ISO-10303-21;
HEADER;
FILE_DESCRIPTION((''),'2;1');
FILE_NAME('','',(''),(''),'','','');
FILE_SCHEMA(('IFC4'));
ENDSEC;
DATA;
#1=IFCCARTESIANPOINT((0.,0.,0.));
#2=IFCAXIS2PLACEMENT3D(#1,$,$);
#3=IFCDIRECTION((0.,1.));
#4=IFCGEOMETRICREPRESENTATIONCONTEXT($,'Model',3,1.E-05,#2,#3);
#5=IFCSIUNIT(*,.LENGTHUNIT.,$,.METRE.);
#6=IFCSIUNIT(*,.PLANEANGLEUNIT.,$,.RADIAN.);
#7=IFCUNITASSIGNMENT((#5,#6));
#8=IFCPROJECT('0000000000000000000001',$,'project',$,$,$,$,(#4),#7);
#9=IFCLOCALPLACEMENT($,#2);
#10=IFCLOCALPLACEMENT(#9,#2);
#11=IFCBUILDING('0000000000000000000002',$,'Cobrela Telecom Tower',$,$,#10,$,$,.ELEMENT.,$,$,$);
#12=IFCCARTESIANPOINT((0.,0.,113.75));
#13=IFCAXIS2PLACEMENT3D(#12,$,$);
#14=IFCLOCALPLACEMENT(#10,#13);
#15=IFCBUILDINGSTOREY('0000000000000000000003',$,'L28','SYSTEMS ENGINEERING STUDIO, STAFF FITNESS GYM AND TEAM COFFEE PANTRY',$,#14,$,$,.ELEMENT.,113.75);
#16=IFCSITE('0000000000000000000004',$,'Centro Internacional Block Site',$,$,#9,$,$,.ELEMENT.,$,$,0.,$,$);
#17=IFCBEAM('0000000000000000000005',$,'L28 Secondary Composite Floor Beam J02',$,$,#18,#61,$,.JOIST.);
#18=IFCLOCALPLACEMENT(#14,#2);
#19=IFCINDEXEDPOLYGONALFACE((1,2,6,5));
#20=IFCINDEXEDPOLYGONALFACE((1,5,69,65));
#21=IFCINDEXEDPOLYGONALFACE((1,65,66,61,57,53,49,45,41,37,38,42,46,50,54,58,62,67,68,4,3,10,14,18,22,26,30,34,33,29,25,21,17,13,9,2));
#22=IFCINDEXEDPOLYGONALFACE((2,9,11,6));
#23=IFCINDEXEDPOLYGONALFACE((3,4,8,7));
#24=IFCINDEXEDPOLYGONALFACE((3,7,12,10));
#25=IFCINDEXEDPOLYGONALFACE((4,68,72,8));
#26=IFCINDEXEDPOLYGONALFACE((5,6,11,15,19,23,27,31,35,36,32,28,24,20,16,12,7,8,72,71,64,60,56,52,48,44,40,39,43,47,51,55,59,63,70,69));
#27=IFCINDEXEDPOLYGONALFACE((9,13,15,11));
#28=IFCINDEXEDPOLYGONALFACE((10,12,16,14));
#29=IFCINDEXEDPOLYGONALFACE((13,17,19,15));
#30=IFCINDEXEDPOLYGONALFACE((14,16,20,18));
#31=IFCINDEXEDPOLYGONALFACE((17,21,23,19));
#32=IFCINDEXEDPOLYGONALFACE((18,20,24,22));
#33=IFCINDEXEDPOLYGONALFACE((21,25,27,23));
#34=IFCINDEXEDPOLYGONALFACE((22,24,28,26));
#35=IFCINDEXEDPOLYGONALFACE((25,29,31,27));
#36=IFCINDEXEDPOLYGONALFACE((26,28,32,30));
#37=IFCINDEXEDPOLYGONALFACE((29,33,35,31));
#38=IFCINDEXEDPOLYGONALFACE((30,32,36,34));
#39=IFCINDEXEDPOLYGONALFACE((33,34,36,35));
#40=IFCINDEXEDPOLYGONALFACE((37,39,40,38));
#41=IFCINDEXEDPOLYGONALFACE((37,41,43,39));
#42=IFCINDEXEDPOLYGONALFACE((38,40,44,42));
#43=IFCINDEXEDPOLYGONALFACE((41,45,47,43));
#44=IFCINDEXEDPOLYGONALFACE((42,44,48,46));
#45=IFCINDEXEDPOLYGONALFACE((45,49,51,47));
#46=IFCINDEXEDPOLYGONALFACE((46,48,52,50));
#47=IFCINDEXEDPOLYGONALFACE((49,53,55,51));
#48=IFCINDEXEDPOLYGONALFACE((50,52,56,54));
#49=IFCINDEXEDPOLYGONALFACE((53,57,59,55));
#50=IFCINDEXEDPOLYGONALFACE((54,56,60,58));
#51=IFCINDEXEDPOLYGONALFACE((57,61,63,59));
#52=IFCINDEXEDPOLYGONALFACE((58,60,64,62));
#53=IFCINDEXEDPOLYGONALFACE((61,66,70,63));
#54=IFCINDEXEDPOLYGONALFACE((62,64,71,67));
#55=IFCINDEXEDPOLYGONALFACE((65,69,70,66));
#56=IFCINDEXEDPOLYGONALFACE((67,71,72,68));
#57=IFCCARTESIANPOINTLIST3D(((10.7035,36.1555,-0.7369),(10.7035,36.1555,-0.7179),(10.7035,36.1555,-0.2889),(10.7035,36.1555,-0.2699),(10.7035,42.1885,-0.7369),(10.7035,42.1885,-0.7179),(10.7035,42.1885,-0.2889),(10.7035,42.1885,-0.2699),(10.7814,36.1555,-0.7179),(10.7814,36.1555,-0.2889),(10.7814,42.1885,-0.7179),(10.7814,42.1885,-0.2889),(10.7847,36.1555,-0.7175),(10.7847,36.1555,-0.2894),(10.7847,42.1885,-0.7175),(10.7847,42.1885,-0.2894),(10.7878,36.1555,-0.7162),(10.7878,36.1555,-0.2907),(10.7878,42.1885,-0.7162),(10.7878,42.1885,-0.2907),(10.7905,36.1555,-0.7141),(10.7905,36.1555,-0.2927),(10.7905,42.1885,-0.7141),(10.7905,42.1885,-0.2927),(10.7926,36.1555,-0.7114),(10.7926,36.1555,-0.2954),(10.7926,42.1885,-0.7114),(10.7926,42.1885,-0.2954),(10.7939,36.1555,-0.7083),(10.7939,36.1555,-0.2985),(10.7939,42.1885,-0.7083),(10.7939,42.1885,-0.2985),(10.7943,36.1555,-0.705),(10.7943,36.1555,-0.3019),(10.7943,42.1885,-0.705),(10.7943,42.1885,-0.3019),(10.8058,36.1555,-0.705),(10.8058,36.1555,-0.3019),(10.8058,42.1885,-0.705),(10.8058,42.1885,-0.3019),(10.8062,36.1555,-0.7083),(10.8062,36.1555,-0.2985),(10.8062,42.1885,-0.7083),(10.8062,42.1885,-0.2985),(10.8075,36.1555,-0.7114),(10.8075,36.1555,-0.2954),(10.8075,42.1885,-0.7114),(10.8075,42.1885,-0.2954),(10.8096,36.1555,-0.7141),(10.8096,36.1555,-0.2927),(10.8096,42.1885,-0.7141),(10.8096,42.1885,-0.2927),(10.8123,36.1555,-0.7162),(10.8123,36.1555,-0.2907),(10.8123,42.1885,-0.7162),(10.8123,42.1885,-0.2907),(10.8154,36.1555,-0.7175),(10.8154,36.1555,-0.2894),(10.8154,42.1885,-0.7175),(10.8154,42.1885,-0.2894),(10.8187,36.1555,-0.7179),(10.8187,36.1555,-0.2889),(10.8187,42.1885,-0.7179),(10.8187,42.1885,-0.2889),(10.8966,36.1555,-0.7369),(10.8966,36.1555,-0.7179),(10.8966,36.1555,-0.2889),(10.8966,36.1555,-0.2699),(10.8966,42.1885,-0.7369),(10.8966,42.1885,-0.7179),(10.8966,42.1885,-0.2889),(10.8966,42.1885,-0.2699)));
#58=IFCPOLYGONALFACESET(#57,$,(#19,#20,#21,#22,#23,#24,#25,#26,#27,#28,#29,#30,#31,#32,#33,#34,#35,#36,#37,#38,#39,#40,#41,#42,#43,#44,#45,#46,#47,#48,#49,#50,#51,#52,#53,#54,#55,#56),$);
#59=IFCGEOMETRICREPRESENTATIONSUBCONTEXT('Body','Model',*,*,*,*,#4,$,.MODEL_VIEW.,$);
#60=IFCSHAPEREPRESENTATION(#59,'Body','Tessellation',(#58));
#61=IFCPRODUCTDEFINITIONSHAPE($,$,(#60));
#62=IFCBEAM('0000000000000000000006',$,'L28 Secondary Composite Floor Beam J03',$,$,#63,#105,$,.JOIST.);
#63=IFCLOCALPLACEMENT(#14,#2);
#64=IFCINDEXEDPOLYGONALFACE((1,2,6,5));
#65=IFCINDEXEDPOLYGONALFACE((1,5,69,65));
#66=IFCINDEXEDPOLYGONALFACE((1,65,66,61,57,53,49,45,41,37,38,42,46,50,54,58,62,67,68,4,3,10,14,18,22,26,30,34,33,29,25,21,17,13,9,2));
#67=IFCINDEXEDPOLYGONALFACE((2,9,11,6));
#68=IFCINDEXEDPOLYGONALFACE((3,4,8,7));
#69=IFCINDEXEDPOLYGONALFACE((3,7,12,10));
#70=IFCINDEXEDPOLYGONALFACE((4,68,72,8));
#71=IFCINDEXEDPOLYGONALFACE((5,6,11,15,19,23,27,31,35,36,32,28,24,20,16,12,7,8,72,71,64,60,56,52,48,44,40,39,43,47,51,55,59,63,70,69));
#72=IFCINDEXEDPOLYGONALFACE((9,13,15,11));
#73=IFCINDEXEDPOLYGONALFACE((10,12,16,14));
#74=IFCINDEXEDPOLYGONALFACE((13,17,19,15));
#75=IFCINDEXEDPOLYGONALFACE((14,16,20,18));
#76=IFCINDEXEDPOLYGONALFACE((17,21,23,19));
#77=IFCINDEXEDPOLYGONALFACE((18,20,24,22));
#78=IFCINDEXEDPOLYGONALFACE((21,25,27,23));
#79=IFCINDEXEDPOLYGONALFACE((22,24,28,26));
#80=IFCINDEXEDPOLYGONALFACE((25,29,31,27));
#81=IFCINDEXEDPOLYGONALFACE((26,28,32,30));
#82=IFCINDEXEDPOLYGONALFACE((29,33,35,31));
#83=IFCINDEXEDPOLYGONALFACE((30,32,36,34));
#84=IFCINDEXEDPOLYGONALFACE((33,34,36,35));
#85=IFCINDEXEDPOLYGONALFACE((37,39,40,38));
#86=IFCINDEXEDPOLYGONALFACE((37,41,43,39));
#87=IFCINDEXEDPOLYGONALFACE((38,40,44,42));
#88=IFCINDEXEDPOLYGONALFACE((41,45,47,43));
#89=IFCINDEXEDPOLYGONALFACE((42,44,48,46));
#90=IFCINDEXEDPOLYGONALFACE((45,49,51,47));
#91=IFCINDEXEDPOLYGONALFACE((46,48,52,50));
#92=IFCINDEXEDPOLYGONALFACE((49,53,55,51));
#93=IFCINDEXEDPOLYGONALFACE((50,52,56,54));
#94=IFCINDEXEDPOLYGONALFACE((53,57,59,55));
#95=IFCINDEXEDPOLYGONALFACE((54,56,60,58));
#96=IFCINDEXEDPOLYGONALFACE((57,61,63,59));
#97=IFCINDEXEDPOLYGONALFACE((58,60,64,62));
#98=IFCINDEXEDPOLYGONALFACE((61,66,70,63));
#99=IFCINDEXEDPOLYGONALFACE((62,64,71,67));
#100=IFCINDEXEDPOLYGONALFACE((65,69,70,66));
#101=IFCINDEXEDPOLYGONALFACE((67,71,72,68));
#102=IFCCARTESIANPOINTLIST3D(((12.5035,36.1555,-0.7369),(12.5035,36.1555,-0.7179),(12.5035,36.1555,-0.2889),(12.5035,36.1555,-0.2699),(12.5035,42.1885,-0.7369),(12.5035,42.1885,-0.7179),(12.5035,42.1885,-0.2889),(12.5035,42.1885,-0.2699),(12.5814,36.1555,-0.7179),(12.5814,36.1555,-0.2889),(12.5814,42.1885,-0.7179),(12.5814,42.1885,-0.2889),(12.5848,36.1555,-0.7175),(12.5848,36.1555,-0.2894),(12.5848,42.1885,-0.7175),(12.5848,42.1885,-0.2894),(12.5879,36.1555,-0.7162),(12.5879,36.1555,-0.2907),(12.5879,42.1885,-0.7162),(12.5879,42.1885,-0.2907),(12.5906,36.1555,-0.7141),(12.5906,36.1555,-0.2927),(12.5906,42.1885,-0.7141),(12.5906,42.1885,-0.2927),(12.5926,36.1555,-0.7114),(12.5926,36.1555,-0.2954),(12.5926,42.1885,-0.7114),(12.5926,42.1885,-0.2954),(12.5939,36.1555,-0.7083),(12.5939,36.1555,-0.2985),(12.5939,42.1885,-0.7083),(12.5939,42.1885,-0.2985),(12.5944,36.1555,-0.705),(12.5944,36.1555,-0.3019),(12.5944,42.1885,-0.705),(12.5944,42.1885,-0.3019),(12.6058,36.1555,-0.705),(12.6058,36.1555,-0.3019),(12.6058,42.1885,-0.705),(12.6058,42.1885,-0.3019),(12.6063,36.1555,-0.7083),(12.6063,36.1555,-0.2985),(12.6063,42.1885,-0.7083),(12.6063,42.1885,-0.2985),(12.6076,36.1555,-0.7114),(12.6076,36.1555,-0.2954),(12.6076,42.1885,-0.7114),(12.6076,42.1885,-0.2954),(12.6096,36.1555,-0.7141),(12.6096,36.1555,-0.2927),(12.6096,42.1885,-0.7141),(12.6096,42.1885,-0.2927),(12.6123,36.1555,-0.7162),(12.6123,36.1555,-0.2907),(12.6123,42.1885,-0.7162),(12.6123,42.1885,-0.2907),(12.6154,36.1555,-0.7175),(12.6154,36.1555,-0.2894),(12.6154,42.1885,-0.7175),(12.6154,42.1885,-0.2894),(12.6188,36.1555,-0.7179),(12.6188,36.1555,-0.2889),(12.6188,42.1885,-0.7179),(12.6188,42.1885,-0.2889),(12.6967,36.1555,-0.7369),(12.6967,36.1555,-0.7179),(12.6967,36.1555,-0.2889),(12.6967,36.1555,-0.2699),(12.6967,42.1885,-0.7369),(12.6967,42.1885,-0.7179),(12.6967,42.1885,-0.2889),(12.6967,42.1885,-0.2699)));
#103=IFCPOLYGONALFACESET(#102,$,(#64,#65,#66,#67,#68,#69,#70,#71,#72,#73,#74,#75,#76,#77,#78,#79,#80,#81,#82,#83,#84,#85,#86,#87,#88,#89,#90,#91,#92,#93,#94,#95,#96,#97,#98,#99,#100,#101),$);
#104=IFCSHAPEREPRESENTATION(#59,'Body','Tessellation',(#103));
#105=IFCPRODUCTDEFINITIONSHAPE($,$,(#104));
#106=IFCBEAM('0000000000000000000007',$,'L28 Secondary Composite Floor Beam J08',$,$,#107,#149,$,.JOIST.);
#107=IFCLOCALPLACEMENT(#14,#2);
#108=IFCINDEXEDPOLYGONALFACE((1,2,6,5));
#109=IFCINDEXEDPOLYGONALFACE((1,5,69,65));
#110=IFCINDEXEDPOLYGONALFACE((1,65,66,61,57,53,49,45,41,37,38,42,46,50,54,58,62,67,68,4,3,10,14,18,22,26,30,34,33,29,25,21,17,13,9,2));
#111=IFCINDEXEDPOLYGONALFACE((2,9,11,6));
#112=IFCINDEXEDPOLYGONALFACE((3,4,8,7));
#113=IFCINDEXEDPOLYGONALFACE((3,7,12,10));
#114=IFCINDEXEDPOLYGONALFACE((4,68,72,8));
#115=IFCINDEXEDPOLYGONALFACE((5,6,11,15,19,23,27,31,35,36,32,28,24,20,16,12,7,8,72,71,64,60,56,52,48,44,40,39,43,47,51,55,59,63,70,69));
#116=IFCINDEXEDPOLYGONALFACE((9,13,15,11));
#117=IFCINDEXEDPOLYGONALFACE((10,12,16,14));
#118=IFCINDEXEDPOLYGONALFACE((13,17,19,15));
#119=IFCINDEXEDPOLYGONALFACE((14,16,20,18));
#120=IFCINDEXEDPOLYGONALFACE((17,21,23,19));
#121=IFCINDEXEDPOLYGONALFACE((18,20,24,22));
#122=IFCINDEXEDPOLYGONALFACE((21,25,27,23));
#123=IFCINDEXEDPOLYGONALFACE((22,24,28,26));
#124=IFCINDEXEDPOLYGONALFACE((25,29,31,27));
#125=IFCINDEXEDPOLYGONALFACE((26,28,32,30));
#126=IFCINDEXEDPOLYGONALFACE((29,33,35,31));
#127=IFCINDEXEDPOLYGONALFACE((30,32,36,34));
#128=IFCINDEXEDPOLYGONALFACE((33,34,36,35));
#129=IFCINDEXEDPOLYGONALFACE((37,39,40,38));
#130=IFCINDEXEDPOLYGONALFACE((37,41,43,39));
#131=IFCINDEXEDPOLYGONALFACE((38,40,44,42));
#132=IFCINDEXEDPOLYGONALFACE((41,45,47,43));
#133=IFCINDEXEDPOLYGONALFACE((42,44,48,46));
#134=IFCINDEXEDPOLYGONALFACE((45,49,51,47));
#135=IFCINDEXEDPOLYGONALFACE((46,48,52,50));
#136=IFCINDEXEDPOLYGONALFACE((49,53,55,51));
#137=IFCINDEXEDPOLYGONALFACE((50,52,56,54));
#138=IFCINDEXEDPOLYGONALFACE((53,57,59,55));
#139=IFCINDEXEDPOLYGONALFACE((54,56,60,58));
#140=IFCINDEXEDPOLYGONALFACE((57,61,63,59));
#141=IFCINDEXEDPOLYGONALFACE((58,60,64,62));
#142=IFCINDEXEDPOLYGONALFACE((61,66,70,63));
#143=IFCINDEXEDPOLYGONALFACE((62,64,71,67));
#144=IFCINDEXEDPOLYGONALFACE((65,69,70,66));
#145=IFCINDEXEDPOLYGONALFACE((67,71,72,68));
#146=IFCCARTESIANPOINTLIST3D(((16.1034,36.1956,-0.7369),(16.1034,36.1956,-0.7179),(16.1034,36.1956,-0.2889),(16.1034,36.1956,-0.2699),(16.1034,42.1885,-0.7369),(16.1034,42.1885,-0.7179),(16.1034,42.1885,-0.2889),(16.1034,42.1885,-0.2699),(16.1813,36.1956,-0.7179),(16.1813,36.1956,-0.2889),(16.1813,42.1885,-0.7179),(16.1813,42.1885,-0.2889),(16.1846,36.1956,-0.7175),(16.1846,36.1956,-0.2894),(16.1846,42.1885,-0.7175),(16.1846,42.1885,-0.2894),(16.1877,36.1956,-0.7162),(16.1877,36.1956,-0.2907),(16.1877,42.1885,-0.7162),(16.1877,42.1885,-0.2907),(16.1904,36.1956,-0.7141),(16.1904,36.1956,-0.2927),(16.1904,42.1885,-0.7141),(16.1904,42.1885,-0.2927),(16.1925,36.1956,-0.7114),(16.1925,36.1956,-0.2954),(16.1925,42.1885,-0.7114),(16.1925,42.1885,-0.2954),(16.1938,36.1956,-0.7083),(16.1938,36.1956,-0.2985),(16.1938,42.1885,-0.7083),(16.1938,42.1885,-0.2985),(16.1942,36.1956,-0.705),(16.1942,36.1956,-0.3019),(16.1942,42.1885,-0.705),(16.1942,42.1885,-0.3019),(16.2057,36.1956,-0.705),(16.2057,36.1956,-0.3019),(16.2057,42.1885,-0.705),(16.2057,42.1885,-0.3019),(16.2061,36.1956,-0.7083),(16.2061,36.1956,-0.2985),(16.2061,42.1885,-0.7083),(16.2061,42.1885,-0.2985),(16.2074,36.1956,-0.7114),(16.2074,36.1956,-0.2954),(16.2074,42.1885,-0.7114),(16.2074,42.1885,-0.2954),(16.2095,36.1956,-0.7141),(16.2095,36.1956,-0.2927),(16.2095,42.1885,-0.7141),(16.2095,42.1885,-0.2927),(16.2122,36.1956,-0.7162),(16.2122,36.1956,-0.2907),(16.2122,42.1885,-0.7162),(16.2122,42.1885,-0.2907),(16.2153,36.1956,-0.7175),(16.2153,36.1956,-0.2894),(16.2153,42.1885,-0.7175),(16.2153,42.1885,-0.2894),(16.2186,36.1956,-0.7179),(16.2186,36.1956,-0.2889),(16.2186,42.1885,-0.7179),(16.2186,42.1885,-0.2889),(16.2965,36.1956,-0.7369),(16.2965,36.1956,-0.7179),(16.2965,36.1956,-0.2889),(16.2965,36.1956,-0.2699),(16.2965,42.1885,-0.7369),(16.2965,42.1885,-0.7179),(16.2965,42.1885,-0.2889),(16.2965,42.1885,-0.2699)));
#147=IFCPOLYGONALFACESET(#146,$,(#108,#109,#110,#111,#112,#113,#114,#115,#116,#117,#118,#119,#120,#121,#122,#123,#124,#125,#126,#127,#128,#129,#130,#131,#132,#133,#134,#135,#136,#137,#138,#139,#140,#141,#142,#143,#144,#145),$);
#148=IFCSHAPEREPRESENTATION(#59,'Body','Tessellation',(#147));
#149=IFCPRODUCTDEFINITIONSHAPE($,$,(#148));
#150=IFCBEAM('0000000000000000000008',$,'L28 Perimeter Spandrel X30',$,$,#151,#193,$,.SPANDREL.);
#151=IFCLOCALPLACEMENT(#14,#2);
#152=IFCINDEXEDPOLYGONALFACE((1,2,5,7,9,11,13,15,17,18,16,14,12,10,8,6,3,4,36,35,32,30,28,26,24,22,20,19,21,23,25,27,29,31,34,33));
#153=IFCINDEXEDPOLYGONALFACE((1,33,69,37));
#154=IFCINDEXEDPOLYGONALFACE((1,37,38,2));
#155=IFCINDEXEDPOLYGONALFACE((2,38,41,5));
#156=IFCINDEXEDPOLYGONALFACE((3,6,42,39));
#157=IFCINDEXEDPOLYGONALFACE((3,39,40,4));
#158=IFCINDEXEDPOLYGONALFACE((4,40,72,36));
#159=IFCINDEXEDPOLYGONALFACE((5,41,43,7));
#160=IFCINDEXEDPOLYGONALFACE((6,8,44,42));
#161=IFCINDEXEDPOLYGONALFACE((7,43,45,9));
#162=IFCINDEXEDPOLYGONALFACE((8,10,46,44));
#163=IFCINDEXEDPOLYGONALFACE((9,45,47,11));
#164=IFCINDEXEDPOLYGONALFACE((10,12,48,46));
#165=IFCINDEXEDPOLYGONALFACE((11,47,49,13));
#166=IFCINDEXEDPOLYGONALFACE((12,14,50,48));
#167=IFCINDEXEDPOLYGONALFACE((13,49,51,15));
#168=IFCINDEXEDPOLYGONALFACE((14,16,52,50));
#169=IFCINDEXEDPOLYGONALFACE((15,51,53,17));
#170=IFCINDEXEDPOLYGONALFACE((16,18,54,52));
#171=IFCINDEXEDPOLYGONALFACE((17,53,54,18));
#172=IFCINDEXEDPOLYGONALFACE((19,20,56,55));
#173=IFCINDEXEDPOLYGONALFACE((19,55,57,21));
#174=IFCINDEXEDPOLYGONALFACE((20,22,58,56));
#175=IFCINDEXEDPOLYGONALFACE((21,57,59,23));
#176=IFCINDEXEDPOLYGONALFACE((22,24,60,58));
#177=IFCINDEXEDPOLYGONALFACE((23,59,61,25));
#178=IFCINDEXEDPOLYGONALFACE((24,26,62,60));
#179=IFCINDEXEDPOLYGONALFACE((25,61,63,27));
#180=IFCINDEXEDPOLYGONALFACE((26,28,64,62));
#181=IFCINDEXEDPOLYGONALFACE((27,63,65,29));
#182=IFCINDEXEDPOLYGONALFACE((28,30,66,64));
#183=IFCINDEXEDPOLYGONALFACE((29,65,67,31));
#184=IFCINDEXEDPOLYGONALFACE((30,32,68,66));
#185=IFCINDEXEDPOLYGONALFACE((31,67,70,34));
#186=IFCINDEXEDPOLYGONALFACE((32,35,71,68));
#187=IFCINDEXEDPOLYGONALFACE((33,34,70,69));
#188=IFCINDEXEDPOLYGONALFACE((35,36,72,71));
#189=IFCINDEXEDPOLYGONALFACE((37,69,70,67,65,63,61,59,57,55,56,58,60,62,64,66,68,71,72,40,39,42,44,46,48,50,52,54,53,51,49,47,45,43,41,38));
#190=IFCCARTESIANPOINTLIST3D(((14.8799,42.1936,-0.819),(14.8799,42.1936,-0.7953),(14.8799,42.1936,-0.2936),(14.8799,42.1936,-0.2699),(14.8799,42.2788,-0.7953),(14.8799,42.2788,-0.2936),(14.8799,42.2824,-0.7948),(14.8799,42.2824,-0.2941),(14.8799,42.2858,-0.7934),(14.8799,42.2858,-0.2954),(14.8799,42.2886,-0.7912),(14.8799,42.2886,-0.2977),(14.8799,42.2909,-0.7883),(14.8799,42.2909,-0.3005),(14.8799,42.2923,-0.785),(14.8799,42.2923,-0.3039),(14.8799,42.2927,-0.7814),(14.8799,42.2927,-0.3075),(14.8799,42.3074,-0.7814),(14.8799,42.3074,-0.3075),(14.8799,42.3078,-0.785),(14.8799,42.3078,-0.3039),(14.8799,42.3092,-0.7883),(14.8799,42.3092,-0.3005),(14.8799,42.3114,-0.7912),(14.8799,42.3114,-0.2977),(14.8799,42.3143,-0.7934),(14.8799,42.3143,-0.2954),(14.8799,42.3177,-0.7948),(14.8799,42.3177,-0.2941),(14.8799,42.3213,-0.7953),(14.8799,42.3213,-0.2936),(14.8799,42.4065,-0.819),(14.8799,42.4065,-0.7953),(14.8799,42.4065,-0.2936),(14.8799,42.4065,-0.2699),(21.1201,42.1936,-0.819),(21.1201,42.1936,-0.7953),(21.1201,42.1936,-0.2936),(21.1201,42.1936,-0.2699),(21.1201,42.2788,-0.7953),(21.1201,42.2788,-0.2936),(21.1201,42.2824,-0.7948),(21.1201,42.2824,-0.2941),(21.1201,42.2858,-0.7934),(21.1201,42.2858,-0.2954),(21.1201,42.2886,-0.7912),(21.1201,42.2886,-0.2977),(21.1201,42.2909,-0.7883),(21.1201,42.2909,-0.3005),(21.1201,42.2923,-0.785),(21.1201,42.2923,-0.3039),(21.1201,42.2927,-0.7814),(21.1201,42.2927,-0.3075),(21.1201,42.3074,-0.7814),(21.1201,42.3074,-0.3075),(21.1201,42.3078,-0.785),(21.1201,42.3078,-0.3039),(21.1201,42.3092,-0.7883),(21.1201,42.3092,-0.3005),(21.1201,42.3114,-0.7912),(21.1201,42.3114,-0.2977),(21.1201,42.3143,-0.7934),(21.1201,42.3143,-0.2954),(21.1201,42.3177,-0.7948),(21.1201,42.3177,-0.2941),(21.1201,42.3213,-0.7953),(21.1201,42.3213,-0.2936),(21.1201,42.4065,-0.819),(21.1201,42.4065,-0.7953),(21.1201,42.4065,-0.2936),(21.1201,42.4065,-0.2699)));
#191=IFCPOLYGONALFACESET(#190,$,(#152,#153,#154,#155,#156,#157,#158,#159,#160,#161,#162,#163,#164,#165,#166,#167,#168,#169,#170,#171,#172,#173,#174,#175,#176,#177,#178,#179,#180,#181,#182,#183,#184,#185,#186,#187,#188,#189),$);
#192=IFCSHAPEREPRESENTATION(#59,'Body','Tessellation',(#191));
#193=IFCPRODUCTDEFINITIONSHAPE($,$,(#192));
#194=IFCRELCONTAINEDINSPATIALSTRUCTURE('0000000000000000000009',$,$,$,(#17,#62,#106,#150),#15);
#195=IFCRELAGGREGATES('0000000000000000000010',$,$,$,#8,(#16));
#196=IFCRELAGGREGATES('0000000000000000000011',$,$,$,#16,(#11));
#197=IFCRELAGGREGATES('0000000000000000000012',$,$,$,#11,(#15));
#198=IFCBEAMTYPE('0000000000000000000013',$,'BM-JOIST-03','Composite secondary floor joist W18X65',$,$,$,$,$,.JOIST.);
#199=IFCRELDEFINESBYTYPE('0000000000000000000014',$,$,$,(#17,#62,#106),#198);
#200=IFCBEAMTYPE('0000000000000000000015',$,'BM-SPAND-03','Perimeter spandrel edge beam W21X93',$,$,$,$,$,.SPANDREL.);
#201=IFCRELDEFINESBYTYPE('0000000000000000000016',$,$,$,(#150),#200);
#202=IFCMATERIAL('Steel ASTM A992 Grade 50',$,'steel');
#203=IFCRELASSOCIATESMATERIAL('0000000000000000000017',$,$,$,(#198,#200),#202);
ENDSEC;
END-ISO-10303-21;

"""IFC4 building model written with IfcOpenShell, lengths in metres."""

from ifc_helpers import new_model, si_unit, direction, frame, origin, origin_2d, place, context, subcontext, project, spatial, i_section, extrude, material, material_profile, profile_set, type_object, element, save


model = new_model("IFC4")

# Units and contexts
model_context = context("Model", 3, precision=1e-05, world=origin(), true_north=direction((0.0, 1.0)))
body_context = subcontext(model_context, "Body", "Model", "MODEL_VIEW")
ifc_project = project(units=[si_unit("LENGTHUNIT", "METRE"), si_unit("PLANEANGLEUNIT", "RADIAN")], contexts=[model_context])

# Site, building, storey
site_placement = place(None, origin())
site = spatial("IfcSite", under=ifc_project, at=site_placement, Name="Centro Internacional Block Site", CompositionType="ELEMENT", RefElevation=0.0)
building_placement = place(site_placement, origin())
building = spatial("IfcBuilding", under=site, at=building_placement, Name="Cobrela Telecom Tower", CompositionType="ELEMENT")
storey_placement = place(building_placement, frame((0.0, 0.0, 113.75)))
storey = spatial("IfcBuildingStorey", under=building, at=storey_placement, Name="L28", Description="SYSTEMS ENGINEERING STUDIO, STAFF FITNESS GYM AND TEAM COFFEE PANTRY", CompositionType="ELEMENT", Elevation=113.75)

# Beams
ifc_material_1 = material(Name="Steel ASTM A992 Grade 50", Category="steel")
ifc_material_profile_1 = material_profile(ifc_material_1, i_section(OverallWidth=0.1931, OverallDepth=0.467, WebThickness=0.0115, FlangeThickness=0.019, FilletRadius=0.0129, at=origin_2d()), Name="W18X65")
ifc_profile_set_1 = profile_set([ifc_material_profile_1], Name="Steel ASTM A992 Grade 50")
beam_type_1 = type_object("IfcBeamType", Name="BM-JOIST-03", Description="Composite secondary floor joist W18X65", PredefinedType="JOIST", material=ifc_profile_set_1)
for number, where, z_axis, x_axis, name in (
    (1, (10.8, 36.1555, -0.5034), (0.0, 1.0, 0.0), (-1.0, 0.0, 0.0), "L28 Secondary Composite Floor Beam J02"),
    (2, (12.6001, 36.1555, -0.5034), (0.0, 1.0, 0.0), (-1.0, 0.0, 0.0), "L28 Secondary Composite Floor Beam J03"),
):
    element("IfcBeam", number, at=place(storey_placement, frame(where, z_axis=z_axis, x_axis=x_axis)), inside=storey, type_object=beam_type_1, Name=name, PredefinedType="JOIST", context=body_context, shape_type="SweptSolid", body=[
        extrude(i_section(OverallWidth=0.1931, OverallDepth=0.467, WebThickness=0.0115, FlangeThickness=0.019, FilletRadius=0.0129, at=origin_2d()), origin(), (0.0, 0.0, 1.0), 6.033),
    ])
beam_1_placement = place(storey_placement, frame((16.2, 36.1956, -0.5034), z_axis=(0.0, 1.0, 0.0), x_axis=(-1.0, 0.0, 0.0)))
element("IfcBeam", 3, at=beam_1_placement, inside=storey, type_object=beam_type_1, Name="L28 Secondary Composite Floor Beam J08", PredefinedType="JOIST", context=body_context, shape_type="SweptSolid", body=[
    extrude(i_section(OverallWidth=0.1931, OverallDepth=0.467, WebThickness=0.0115, FlangeThickness=0.019, FilletRadius=0.0129, at=origin_2d()), origin(), (0.0, 0.0, 1.0), 5.9929),
])
ifc_material_profile_2 = material_profile(ifc_material_1, i_section(OverallWidth=0.2129, OverallDepth=0.5491, WebThickness=0.0146, FlangeThickness=0.0237, FilletRadius=0.0139, at=origin_2d()), Name="W21X93")
ifc_profile_set_2 = profile_set([ifc_material_profile_2], Name="Steel ASTM A992 Grade 50")
beam_type_2 = type_object("IfcBeamType", Name="BM-SPAND-03", Description="Perimeter spandrel edge beam W21X93", PredefinedType="SPANDREL", material=ifc_profile_set_2)
beam_2_placement = place(storey_placement, frame((14.8799, 42.3, -0.5444), z_axis=(1.0, 0.0, 0.0), x_axis=(0.0, 1.0, 0.0)))
element("IfcBeam", 4, at=beam_2_placement, inside=storey, type_object=beam_type_2, Name="L28 Perimeter Spandrel X30", PredefinedType="SPANDREL", context=body_context, shape_type="SweptSolid", body=[
    extrude(i_section(OverallWidth=0.2129, OverallDepth=0.5491, WebThickness=0.0146, FlangeThickness=0.0237, FilletRadius=0.0139, at=origin_2d()), origin(), (0.0, 0.0, 1.0), 6.2402),
])

save(model, "model.ifc")
